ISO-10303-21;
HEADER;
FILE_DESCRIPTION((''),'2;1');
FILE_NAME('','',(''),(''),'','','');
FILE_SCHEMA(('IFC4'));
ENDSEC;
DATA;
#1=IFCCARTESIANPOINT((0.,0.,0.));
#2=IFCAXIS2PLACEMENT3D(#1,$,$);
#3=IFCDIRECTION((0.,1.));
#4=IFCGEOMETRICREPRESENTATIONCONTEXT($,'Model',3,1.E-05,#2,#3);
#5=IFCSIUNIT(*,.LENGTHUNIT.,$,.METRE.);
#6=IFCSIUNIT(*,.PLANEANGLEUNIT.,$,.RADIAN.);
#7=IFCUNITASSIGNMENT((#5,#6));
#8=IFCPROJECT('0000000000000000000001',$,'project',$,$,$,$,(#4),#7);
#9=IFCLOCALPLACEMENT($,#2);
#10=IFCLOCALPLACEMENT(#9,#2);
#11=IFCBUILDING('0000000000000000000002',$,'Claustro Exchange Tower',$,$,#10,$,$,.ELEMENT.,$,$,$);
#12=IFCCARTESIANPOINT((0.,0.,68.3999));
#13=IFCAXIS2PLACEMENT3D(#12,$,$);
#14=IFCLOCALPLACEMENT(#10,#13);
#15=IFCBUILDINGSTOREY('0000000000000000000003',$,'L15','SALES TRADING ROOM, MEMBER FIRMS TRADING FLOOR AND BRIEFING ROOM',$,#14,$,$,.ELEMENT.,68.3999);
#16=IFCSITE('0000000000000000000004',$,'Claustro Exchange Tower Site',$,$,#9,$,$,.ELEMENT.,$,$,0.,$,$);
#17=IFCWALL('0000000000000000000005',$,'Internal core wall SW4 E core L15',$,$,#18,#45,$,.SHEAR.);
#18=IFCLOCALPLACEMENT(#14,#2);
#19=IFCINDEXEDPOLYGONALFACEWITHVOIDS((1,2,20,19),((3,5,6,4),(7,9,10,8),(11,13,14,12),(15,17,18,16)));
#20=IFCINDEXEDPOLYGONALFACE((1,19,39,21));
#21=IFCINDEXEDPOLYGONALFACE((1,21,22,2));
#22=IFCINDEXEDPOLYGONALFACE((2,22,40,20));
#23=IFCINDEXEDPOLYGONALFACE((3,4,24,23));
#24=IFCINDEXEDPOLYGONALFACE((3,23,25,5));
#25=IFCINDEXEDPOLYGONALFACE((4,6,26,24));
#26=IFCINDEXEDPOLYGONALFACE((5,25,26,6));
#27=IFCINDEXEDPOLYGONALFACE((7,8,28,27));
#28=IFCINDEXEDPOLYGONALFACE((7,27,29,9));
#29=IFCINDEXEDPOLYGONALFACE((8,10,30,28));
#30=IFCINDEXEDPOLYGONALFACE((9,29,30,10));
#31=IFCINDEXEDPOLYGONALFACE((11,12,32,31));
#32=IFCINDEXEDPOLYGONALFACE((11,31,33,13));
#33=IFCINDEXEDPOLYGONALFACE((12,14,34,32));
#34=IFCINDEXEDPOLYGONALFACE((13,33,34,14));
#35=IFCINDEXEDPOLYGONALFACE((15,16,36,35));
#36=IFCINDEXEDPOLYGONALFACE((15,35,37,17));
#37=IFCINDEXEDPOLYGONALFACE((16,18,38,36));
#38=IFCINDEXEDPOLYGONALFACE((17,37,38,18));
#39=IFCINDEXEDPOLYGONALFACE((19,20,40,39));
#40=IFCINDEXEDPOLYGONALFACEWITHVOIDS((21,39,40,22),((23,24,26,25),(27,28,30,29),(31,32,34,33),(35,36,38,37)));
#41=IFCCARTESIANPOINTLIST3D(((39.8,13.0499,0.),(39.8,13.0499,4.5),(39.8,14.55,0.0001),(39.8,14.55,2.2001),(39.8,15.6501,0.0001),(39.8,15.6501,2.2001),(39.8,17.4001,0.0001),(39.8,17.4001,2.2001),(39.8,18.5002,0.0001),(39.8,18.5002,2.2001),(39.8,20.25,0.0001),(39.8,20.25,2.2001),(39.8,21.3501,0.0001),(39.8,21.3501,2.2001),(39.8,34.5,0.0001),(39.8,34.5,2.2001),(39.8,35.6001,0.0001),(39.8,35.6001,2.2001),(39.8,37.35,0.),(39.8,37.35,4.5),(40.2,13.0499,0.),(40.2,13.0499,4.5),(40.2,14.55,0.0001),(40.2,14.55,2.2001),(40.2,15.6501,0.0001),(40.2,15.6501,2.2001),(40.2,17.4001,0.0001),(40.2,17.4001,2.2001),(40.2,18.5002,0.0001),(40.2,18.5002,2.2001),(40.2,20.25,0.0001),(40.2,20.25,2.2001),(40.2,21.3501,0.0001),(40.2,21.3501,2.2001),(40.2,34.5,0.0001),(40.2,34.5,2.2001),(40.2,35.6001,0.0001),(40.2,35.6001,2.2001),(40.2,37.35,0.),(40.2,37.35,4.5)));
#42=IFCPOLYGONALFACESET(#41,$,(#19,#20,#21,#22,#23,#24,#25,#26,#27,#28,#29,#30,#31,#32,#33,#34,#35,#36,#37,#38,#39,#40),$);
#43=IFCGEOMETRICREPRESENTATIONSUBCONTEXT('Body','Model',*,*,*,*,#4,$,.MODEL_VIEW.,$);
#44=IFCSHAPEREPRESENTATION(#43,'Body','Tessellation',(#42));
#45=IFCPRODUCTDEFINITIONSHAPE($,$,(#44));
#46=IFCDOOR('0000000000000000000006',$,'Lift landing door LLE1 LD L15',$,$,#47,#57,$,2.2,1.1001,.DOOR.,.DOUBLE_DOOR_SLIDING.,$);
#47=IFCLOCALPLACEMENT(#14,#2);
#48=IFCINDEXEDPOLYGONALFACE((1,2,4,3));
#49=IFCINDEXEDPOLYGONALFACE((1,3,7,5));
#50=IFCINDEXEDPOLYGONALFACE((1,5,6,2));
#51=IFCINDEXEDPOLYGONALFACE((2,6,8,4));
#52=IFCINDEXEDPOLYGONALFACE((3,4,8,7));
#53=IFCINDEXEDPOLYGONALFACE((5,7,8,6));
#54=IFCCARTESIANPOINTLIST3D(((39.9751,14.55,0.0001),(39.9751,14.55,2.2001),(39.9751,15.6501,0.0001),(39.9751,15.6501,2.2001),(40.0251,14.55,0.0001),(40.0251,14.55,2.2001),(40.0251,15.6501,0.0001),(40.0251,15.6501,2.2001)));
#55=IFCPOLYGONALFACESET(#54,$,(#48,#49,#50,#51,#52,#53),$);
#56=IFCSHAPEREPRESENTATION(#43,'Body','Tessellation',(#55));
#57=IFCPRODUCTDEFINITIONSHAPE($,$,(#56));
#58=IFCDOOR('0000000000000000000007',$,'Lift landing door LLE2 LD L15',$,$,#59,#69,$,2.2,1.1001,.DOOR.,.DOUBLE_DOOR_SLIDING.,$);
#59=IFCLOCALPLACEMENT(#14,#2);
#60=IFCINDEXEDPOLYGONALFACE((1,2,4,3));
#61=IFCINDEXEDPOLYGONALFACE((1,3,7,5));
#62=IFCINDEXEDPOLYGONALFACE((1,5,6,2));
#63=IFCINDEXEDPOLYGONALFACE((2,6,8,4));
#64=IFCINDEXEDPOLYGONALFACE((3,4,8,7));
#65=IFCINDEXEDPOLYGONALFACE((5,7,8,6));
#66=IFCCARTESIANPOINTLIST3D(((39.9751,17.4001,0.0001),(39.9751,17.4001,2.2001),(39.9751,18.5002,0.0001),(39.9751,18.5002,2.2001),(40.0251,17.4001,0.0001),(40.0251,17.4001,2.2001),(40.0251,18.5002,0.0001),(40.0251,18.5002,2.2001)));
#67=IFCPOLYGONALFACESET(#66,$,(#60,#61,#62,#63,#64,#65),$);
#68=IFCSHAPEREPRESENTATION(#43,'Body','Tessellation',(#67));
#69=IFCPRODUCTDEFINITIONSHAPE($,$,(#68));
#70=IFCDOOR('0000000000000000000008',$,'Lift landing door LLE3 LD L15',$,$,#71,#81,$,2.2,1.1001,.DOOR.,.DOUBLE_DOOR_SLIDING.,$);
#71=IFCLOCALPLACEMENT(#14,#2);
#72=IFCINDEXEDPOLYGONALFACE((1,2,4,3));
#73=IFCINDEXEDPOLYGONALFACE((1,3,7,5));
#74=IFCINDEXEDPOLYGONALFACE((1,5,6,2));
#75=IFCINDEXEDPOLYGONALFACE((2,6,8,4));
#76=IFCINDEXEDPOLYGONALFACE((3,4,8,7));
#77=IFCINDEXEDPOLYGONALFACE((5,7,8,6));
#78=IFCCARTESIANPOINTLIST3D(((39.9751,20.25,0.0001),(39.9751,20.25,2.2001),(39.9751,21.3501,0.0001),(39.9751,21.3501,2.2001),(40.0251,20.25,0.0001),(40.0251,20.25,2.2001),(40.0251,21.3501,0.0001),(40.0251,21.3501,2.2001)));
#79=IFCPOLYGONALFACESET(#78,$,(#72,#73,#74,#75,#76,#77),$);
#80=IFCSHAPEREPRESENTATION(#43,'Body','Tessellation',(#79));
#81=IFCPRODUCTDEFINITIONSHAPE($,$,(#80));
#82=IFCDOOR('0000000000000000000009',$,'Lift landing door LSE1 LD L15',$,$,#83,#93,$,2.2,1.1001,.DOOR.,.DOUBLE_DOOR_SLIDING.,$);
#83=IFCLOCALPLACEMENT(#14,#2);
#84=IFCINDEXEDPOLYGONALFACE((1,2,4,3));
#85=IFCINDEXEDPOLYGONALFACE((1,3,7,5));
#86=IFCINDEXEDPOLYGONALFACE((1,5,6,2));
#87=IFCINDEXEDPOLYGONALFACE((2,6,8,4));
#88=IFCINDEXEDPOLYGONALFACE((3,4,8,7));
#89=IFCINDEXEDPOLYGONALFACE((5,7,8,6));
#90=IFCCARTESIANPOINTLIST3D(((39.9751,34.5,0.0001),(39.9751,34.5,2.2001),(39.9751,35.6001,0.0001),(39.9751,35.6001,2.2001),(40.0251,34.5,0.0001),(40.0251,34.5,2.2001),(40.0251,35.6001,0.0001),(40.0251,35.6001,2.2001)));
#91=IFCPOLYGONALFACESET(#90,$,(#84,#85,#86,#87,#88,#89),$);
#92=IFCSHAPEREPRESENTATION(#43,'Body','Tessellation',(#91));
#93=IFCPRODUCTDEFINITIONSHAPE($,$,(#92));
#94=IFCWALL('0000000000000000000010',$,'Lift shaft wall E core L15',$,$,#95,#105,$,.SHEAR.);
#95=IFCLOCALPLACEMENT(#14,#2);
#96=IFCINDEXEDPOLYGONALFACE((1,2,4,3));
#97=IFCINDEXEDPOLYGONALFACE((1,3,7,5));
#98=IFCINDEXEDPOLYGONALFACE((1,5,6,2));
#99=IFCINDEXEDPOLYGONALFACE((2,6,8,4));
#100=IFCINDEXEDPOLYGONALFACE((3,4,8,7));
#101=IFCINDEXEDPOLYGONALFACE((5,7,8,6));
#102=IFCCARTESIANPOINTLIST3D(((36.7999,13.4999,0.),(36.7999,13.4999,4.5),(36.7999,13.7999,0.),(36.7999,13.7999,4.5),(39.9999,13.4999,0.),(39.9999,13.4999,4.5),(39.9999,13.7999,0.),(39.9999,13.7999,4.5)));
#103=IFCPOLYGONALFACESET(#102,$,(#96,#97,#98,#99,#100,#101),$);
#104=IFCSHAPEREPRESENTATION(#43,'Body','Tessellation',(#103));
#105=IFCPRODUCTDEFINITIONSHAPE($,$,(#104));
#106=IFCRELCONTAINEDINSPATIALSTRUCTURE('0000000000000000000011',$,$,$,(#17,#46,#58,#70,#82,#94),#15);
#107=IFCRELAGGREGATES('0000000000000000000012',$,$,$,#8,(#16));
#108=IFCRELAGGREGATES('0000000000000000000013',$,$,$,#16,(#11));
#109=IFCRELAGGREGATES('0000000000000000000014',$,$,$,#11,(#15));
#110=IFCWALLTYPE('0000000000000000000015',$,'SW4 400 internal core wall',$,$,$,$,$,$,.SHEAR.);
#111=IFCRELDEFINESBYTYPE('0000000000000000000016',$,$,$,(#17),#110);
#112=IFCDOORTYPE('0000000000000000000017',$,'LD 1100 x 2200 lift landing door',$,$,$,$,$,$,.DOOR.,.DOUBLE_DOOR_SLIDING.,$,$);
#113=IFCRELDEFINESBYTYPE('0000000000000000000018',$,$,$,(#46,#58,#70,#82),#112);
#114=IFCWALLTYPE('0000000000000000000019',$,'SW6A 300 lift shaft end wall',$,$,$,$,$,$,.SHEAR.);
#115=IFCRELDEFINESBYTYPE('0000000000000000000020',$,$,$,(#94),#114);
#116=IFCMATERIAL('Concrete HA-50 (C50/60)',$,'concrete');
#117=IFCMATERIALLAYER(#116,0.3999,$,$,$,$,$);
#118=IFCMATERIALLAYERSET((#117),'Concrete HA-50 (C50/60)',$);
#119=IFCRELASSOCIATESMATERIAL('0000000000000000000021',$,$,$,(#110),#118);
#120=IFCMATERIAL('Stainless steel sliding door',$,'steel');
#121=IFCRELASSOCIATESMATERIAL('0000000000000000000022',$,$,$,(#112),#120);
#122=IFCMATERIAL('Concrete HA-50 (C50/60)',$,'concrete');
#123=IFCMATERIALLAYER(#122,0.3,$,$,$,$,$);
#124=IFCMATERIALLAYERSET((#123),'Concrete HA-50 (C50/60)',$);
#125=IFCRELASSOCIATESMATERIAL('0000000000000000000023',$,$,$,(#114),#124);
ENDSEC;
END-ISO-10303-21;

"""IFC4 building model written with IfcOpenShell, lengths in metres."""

from ifc_helpers import new_model, si_unit, direction, frame, frame_2d, origin, place, context, subcontext, project, spatial, rectangle, extrude, material, layer, layer_set, type_object, element, fill, save


model = new_model("IFC4")

# Units and contexts
model_context = context("Model", 3, precision=1e-05, world=origin(), true_north=direction((0.0, 1.0)))
body_context = subcontext(model_context, "Body", "Model", "MODEL_VIEW")
ifc_project = project(units=[si_unit("LENGTHUNIT", "METRE"), si_unit("PLANEANGLEUNIT", "RADIAN")], contexts=[model_context])

# Site, building, storey
site_placement = place(None, origin())
site = spatial("IfcSite", under=ifc_project, at=site_placement, Name="Claustro Exchange Tower Site", CompositionType="ELEMENT", RefElevation=0.0)
building_placement = place(site_placement, origin())
building = spatial("IfcBuilding", under=site, at=building_placement, Name="Claustro Exchange Tower", CompositionType="ELEMENT")
storey_placement = place(building_placement, frame((0.0, 0.0, 68.3999)))
storey = spatial("IfcBuildingStorey", under=building, at=storey_placement, Name="L15", Description="SALES TRADING ROOM, MEMBER FIRMS TRADING FLOOR AND BRIEFING ROOM", CompositionType="ELEMENT", Elevation=68.3999)

# Wall, openings, doors
ifc_material_1 = material(Name="Concrete HA-50 (C50/60)", Category="concrete")
ifc_layer_1 = layer(ifc_material_1, 0.3999)
ifc_layer_set_1 = layer_set([ifc_layer_1], Name="Concrete HA-50 (C50/60)")
wall_type_1 = type_object("IfcWallType", Name="SW4 400 internal core wall", PredefinedType="SHEAR", material=ifc_layer_set_1)
ifc_material_2 = material(Name="Stainless steel sliding door", Category="steel")
door_type_1 = type_object("IfcDoorType", Name="LD 1100 x 2200 lift landing door", OperationType="DOUBLE_DOOR_SLIDING", PredefinedType="DOOR", material=ifc_material_2)
wall_1_placement = place(storey_placement, frame((40.0, 13.05, 0.0), z_axis=(0.0, 0.0, 1.0), x_axis=(0.0, 1.0, 0.0)))
wall_1 = element("IfcWall", 1, at=wall_1_placement, inside=storey, type_object=wall_type_1, Name="Internal core wall SW4 E core L15", PredefinedType="SHEAR", context=body_context, shape_type="SweptSolid", body=[
    extrude(rectangle(XDim=24.3, YDim=0.3999, at=frame_2d((12.1499, 0.0))), origin(), (0.0, 0.0, 1.0), 4.5),
])
opening_1_placement = place(wall_1_placement, frame((1.5, 0.0, 0.0)))
opening_1 = element("IfcOpeningElement", 2, at=opening_1_placement, cuts=wall_1, PredefinedType="OPENING", context=body_context, shape_type="SweptSolid", body=[
    extrude(rectangle(XDim=1.1001, YDim=2.2, at=frame_2d((0.55, 1.1001))), frame((0.0, 0.21, 0.0), z_axis=(0.0, -1.0, 0.0), x_axis=(1.0, 0.0, 0.0)), (0.0, 0.0, 1.0), 0.4199),
])
opening_2_placement = place(wall_1_placement, frame((4.3501, 0.0, 0.0)))
opening_2 = element("IfcOpeningElement", 3, at=opening_2_placement, cuts=wall_1, PredefinedType="OPENING", context=body_context, shape_type="SweptSolid", body=[
    extrude(rectangle(XDim=1.1001, YDim=2.2, at=frame_2d((0.55, 1.1001))), frame((0.0, 0.21, 0.0), z_axis=(0.0, -1.0, 0.0), x_axis=(1.0, 0.0, 0.0)), (0.0, 0.0, 1.0), 0.4199),
])
opening_3_placement = place(wall_1_placement, frame((7.2, 0.0, 0.0)))
opening_3 = element("IfcOpeningElement", 4, at=opening_3_placement, cuts=wall_1, PredefinedType="OPENING", context=body_context, shape_type="SweptSolid", body=[
    extrude(rectangle(XDim=1.1001, YDim=2.2, at=frame_2d((0.55, 1.1001))), frame((0.0, 0.21, 0.0), z_axis=(0.0, -1.0, 0.0), x_axis=(1.0, 0.0, 0.0)), (0.0, 0.0, 1.0), 0.4199),
])
opening_4_placement = place(wall_1_placement, frame((21.45, 0.0, 0.0)))
opening_4 = element("IfcOpeningElement", 5, at=opening_4_placement, cuts=wall_1, PredefinedType="OPENING", context=body_context, shape_type="SweptSolid", body=[
    extrude(rectangle(XDim=1.1001, YDim=2.2, at=frame_2d((0.55, 1.1001))), frame((0.0, 0.21, 0.0), z_axis=(0.0, -1.0, 0.0), x_axis=(1.0, 0.0, 0.0)), (0.0, 0.0, 1.0), 0.4199),
])
door_1_placement = place(opening_1_placement, origin())
door_1 = element("IfcDoor", 6, at=door_1_placement, inside=storey, type_object=door_type_1, Name="Lift landing door LLE1 LD L15", OperationType="DOUBLE_DOOR_SLIDING", OverallHeight=2.2, OverallWidth=1.1001, PredefinedType="DOOR", context=body_context, shape_type="SweptSolid", body=[
    extrude(rectangle(XDim=1.1001, YDim=2.2, at=frame_2d((0.55, 1.1001))), frame((0.0, 0.0249, 0.0), z_axis=(0.0, -1.0, 0.0), x_axis=(1.0, 0.0, 0.0)), (0.0, 0.0, 1.0), 0.05),
])
fill(opening_1, door_1)
door_2_placement = place(opening_2_placement, origin())
door_2 = element("IfcDoor", 7, at=door_2_placement, inside=storey, type_object=door_type_1, Name="Lift landing door LLE2 LD L15", OperationType="DOUBLE_DOOR_SLIDING", OverallHeight=2.2, OverallWidth=1.1001, PredefinedType="DOOR", context=body_context, shape_type="SweptSolid", body=[
    extrude(rectangle(XDim=1.1001, YDim=2.2, at=frame_2d((0.55, 1.1001))), frame((0.0, 0.0249, 0.0), z_axis=(0.0, -1.0, 0.0), x_axis=(1.0, 0.0, 0.0)), (0.0, 0.0, 1.0), 0.05),
])
fill(opening_2, door_2)
door_3_placement = place(opening_3_placement, origin())
door_3 = element("IfcDoor", 8, at=door_3_placement, inside=storey, type_object=door_type_1, Name="Lift landing door LLE3 LD L15", OperationType="DOUBLE_DOOR_SLIDING", OverallHeight=2.2, OverallWidth=1.1001, PredefinedType="DOOR", context=body_context, shape_type="SweptSolid", body=[
    extrude(rectangle(XDim=1.1001, YDim=2.2, at=frame_2d((0.55, 1.1001))), frame((0.0, 0.0249, 0.0), z_axis=(0.0, -1.0, 0.0), x_axis=(1.0, 0.0, 0.0)), (0.0, 0.0, 1.0), 0.05),
])
fill(opening_3, door_3)
door_4_placement = place(opening_4_placement, origin())
door_4 = element("IfcDoor", 9, at=door_4_placement, inside=storey, type_object=door_type_1, Name="Lift landing door LSE1 LD L15", OperationType="DOUBLE_DOOR_SLIDING", OverallHeight=2.2, OverallWidth=1.1001, PredefinedType="DOOR", context=body_context, shape_type="SweptSolid", body=[
    extrude(rectangle(XDim=1.1001, YDim=2.2, at=frame_2d((0.55, 1.1001))), frame((0.0, 0.0249, 0.0), z_axis=(0.0, -1.0, 0.0), x_axis=(1.0, 0.0, 0.0)), (0.0, 0.0, 1.0), 0.05),
])
fill(opening_4, door_4)

# Wall
ifc_material_3 = material(Name="Concrete HA-50 (C50/60)", Category="concrete")
ifc_layer_2 = layer(ifc_material_3, 0.3)
ifc_layer_set_2 = layer_set([ifc_layer_2], Name="Concrete HA-50 (C50/60)")
wall_type_2 = type_object("IfcWallType", Name="SW6A 300 lift shaft end wall", PredefinedType="SHEAR", material=ifc_layer_set_2)
wall_2_placement = place(storey_placement, frame((40.0, 13.6499, 0.0), z_axis=(0.0, 0.0, 1.0), x_axis=(-1.0, 0.0, 0.0)))
element("IfcWall", 10, at=wall_2_placement, inside=storey, type_object=wall_type_2, Name="Lift shaft wall E core L15", PredefinedType="SHEAR", context=body_context, shape_type="SweptSolid", body=[
    extrude(rectangle(XDim=3.2, YDim=0.3, at=frame_2d((1.6001, 0.0))), origin(), (0.0, 0.0, 1.0), 4.5),
])

save(model, "model.ifc")
